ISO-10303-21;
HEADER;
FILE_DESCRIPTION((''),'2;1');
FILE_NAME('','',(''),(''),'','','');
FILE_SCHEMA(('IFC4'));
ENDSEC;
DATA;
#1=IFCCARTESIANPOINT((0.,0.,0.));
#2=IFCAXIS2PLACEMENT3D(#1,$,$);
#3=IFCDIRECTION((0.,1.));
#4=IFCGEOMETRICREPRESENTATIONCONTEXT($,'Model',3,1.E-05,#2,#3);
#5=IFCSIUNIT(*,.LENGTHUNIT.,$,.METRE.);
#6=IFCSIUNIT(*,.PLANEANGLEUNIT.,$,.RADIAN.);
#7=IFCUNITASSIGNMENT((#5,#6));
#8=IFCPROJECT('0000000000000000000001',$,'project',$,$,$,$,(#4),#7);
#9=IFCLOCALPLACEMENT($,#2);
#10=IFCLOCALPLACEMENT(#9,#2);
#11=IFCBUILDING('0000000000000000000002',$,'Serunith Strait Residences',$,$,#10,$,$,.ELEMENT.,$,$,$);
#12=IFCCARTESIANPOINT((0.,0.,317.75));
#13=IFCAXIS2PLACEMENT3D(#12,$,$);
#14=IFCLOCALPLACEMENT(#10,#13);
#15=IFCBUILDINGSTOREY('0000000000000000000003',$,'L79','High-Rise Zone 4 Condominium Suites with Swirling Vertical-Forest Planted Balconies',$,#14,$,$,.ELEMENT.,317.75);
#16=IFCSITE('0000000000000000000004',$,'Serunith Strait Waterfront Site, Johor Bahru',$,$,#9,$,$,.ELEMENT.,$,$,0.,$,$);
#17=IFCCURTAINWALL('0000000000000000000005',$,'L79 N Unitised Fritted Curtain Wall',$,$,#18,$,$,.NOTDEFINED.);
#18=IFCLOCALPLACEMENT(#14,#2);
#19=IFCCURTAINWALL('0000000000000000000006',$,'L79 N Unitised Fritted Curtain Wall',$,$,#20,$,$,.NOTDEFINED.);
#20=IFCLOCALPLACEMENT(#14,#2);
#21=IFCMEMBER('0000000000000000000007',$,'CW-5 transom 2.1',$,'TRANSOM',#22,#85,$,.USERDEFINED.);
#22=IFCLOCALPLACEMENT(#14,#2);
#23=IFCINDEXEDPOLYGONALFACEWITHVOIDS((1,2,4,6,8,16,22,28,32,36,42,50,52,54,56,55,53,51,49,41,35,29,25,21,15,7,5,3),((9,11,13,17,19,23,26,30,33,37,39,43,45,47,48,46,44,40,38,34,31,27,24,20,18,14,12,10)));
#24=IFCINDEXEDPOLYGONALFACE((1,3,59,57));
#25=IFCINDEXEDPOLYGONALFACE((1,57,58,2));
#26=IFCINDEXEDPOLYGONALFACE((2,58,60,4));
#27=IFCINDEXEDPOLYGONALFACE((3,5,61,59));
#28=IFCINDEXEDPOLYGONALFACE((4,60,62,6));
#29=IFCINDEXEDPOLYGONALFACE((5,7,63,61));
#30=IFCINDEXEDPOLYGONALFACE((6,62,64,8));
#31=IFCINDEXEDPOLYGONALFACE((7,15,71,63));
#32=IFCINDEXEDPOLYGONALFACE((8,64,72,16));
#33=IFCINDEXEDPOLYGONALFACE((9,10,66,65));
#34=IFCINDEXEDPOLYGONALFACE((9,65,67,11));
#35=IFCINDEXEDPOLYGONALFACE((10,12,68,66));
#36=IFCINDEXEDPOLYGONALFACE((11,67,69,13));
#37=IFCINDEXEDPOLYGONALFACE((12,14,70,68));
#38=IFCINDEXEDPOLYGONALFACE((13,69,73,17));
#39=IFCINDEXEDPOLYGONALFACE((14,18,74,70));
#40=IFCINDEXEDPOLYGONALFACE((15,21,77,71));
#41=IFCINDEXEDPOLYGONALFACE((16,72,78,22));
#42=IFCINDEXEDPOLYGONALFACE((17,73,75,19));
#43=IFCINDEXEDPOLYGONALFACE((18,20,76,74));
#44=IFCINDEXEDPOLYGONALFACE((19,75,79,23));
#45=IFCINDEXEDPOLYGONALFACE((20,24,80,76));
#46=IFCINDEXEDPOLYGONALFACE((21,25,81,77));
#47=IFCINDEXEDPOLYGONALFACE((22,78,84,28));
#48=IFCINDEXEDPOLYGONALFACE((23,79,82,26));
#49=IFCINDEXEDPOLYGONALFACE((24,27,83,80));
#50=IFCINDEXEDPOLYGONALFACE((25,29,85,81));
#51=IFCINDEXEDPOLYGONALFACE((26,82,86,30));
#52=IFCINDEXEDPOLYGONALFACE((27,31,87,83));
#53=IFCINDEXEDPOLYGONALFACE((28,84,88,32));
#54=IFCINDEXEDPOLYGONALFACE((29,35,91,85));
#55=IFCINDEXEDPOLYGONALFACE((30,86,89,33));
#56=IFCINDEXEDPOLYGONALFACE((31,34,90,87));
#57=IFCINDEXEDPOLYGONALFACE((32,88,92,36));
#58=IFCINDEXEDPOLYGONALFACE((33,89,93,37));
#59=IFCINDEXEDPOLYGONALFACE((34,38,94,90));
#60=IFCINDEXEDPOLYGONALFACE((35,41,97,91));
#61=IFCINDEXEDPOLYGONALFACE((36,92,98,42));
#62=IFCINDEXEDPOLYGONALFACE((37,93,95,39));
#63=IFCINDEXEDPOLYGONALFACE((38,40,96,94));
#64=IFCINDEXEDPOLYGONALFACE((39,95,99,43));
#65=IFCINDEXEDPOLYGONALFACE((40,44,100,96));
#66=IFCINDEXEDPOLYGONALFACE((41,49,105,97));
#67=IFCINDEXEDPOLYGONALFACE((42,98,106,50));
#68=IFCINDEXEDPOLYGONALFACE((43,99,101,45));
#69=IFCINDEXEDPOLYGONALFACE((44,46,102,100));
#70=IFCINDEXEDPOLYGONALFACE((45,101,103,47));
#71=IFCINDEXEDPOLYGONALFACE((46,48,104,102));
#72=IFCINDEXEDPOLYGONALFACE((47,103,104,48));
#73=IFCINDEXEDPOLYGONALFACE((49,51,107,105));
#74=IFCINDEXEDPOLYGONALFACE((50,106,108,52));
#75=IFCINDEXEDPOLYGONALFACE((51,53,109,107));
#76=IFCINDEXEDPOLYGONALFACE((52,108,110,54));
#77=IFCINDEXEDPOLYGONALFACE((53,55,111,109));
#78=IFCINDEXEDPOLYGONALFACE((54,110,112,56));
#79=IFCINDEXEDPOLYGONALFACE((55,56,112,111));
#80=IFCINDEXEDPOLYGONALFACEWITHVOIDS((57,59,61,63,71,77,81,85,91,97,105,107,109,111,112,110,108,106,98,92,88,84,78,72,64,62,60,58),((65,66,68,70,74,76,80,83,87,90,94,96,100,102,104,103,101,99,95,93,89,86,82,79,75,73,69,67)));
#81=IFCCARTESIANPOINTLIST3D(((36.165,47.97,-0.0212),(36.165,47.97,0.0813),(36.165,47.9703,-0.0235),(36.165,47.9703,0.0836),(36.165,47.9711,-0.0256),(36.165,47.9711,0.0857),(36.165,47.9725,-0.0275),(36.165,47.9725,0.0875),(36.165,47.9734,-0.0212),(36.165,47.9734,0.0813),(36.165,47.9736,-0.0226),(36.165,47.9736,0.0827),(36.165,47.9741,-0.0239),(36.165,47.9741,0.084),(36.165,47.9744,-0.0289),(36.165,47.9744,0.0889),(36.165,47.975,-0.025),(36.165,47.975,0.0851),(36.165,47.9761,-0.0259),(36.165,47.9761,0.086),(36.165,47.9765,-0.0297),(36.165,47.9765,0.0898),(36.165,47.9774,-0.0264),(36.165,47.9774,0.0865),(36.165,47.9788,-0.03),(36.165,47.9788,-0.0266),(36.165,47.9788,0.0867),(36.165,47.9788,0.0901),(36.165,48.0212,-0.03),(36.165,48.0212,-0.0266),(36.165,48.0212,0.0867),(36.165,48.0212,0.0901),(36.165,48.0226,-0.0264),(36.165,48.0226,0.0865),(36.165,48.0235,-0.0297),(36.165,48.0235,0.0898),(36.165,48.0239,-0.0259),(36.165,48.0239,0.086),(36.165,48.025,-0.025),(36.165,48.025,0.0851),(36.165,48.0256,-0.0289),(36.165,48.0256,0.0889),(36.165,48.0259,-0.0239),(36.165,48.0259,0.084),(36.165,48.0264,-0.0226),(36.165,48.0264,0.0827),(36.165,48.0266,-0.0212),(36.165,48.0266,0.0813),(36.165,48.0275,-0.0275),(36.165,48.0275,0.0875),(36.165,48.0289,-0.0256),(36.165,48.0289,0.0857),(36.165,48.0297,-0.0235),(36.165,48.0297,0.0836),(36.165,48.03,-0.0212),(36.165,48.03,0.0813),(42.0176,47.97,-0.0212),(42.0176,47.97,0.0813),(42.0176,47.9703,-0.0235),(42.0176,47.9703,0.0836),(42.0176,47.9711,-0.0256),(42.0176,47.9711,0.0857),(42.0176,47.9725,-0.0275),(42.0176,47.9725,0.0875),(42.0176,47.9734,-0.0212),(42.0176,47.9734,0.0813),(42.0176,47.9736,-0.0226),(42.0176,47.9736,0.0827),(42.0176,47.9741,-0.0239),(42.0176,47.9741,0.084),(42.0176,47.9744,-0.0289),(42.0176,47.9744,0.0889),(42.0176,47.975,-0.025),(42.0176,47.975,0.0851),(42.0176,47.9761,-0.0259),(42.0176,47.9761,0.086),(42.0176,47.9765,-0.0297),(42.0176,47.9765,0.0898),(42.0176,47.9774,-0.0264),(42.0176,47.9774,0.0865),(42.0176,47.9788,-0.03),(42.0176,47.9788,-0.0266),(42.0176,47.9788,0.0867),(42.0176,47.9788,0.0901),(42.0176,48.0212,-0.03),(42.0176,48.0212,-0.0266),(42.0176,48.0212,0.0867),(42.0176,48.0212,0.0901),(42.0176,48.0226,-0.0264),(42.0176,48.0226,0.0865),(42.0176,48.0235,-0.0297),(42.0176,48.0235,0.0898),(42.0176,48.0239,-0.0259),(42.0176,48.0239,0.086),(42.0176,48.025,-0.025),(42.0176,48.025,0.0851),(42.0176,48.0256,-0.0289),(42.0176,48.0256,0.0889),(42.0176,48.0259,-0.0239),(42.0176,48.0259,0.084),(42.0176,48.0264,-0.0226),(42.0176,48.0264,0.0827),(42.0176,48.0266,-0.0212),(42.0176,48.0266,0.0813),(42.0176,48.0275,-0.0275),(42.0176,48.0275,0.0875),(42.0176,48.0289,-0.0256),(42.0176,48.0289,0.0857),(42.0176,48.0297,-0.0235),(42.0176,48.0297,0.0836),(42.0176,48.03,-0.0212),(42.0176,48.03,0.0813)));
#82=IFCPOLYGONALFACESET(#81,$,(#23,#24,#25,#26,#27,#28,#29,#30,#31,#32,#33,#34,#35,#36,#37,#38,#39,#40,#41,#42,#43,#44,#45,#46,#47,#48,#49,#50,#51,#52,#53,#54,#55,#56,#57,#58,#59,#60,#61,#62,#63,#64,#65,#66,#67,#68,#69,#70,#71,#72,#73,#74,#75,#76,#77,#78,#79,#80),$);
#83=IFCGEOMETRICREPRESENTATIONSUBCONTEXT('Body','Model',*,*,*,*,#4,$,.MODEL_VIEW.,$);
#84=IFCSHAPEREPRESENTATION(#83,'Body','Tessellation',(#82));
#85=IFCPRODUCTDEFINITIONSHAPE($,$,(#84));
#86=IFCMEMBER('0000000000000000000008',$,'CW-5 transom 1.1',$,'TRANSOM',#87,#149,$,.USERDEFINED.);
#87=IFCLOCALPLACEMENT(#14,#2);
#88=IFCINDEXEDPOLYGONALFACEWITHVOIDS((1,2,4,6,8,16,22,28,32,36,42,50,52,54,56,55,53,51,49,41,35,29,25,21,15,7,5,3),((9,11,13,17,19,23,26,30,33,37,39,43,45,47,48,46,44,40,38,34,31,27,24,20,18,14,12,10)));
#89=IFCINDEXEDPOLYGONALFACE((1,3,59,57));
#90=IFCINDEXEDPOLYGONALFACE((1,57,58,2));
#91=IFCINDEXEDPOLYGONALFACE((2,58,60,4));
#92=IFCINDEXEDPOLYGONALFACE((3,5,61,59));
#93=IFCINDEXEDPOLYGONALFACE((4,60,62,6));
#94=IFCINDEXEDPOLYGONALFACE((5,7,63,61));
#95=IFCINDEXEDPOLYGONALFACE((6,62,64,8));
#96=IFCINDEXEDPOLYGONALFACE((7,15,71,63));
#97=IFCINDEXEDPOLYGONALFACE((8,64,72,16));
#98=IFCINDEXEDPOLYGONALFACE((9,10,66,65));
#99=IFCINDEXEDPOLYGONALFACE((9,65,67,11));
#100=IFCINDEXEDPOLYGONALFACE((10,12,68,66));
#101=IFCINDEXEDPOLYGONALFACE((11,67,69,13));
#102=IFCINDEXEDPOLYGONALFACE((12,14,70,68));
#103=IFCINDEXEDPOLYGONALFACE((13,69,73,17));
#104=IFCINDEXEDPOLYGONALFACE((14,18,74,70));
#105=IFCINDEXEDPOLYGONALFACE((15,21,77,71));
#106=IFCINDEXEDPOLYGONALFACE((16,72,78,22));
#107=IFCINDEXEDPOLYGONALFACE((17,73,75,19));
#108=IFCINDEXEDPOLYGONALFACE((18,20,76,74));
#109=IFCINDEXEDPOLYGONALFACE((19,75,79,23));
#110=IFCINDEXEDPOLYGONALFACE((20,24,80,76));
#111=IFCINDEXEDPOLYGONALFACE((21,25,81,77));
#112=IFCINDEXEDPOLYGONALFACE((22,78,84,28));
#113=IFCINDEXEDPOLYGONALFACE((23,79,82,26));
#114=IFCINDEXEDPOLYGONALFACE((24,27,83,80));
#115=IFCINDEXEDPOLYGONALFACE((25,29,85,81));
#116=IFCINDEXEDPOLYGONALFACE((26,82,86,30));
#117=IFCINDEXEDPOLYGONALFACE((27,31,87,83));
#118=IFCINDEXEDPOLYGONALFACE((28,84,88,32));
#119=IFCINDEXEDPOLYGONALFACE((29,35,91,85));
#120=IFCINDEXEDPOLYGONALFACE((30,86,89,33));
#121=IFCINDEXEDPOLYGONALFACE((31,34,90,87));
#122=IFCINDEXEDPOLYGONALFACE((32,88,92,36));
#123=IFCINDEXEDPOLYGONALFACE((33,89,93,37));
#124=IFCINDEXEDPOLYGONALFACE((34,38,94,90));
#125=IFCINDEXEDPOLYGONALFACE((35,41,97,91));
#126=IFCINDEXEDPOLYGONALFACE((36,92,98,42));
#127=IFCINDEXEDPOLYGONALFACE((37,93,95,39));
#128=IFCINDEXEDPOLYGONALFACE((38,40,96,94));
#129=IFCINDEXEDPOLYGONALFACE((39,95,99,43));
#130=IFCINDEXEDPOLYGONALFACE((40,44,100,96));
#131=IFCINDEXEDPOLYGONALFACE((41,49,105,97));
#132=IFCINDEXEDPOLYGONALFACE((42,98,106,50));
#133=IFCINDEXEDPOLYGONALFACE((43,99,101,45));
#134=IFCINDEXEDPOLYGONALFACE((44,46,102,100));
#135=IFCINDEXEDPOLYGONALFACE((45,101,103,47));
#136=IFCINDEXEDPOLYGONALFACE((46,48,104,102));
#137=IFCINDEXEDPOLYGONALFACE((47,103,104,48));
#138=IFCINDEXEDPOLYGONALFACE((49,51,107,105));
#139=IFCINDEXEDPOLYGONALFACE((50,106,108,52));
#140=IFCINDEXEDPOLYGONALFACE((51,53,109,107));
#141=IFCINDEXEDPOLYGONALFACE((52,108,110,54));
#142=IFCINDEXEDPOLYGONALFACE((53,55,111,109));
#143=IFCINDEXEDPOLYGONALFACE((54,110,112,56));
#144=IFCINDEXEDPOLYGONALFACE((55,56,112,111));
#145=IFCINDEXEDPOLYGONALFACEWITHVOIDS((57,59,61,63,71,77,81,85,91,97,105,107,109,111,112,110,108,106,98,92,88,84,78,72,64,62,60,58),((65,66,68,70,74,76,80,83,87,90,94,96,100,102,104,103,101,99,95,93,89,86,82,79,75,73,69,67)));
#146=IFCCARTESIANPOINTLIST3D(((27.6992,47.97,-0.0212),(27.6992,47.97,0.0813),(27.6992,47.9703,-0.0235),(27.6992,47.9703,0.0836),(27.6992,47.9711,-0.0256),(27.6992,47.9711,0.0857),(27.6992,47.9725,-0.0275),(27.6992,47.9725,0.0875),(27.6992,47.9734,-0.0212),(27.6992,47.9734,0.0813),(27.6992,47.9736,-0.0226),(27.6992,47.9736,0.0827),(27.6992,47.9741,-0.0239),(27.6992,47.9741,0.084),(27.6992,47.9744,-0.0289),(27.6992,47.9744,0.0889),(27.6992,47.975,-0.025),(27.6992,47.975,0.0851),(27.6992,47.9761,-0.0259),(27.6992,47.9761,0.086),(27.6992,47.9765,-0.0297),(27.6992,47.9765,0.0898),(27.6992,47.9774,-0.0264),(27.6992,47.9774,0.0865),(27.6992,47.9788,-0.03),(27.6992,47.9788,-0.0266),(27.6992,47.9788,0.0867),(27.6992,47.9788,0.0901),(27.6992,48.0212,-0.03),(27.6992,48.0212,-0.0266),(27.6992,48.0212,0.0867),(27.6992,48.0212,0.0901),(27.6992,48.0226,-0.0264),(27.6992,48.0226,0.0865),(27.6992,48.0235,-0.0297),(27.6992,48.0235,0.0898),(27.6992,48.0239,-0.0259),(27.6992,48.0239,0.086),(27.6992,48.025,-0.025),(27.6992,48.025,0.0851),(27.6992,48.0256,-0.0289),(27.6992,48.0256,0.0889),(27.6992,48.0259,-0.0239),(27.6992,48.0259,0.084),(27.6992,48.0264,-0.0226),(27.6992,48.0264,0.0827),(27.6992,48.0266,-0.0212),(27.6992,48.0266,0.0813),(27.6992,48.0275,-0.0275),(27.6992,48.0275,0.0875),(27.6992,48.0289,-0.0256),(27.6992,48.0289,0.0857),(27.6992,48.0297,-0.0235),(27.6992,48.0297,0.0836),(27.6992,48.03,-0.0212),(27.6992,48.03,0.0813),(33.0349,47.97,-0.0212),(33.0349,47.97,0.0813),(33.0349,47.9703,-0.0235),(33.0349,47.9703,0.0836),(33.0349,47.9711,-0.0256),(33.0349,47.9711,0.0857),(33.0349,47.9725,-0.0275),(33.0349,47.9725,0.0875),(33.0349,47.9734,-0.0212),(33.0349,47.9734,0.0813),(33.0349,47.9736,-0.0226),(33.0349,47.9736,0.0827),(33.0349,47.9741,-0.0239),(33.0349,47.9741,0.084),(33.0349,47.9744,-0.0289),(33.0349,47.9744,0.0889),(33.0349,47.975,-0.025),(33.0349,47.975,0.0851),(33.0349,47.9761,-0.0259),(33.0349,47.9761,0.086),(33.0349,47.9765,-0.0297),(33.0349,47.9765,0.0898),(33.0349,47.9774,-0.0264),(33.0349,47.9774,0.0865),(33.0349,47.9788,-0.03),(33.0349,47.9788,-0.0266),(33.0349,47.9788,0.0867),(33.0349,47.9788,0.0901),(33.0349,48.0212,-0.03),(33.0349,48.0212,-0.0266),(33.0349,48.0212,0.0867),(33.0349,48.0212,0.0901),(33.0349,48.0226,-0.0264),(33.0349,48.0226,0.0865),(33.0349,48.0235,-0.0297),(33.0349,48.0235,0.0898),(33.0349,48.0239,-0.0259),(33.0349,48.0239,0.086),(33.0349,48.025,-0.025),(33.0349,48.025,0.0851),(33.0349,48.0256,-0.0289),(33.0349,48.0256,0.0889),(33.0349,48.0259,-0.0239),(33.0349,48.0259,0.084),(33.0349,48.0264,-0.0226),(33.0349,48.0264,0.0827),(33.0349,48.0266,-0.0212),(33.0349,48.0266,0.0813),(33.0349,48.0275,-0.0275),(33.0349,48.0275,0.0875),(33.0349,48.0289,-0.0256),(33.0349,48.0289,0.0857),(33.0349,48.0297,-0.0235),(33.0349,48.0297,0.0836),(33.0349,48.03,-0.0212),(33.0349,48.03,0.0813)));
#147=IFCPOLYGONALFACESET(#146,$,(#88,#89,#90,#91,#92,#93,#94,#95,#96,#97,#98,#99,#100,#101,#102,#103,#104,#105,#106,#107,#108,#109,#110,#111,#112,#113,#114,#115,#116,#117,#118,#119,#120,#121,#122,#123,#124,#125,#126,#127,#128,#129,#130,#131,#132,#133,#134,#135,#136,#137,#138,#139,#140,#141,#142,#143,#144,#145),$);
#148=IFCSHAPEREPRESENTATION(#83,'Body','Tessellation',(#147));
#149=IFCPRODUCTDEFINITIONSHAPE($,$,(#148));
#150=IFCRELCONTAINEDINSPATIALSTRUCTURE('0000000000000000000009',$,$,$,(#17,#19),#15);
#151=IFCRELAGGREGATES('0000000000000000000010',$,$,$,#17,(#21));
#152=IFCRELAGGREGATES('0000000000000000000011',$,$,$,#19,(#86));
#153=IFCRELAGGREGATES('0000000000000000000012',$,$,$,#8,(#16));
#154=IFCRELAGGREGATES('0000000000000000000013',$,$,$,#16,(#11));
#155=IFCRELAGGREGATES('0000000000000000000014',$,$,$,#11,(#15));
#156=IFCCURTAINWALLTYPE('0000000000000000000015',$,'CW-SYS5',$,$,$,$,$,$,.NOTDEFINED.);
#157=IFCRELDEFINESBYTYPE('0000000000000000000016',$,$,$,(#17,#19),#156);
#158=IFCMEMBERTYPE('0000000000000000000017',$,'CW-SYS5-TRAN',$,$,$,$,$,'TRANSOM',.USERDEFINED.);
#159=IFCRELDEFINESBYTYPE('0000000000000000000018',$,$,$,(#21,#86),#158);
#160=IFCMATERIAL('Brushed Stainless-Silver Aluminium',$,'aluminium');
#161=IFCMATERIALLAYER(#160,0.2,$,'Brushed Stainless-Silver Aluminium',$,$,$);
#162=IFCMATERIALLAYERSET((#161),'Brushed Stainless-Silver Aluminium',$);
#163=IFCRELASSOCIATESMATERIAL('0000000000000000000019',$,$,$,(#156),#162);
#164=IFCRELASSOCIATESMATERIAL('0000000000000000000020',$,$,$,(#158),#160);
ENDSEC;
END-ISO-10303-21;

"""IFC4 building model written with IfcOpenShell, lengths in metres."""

from ifc_helpers import new_model, si_unit, direction, frame, origin, origin_2d, place, context, subcontext, project, spatial, hollow_rectangle, extrude, source, transform, mapped, material, layer, layer_set, material_profile, profile_set, type_object, element, aggregate, save


model = new_model("IFC4")

# Units and contexts
model_context = context("Model", 3, precision=1e-05, world=origin(), true_north=direction((0.0, 1.0)))
body_context = subcontext(model_context, "Body", "Model", "MODEL_VIEW")
ifc_project = project(units=[si_unit("LENGTHUNIT", "METRE"), si_unit("PLANEANGLEUNIT", "RADIAN")], contexts=[model_context])

# Site, building, storey
site_placement = place(None, origin())
site = spatial("IfcSite", under=ifc_project, at=site_placement, Name="Serunith Strait Waterfront Site, Johor Bahru", CompositionType="ELEMENT", RefElevation=0.0)
building_placement = place(site_placement, origin())
building = spatial("IfcBuilding", under=site, at=building_placement, Name="Serunith Strait Residences", CompositionType="ELEMENT")
storey_placement = place(building_placement, frame((0.0, 0.0, 317.75)))
storey = spatial("IfcBuildingStorey", under=building, at=storey_placement, Name="L79", Description="High-Rise Zone 4 Condominium Suites with Swirling Vertical-Forest Planted Balconies", CompositionType="ELEMENT", Elevation=317.75)

# Curtain walls
ifc_material_1 = material(Name="Brushed Stainless-Silver Aluminium", Category="aluminium")
ifc_layer_1 = layer(ifc_material_1, 0.2, Name="Brushed Stainless-Silver Aluminium")
ifc_layer_set_1 = layer_set([ifc_layer_1], Name="Brushed Stainless-Silver Aluminium")
curtain_wall_type = type_object("IfcCurtainWallType", Name="CW-SYS5", PredefinedType="NOTDEFINED", material=ifc_layer_set_1)
curtain_wall_1_placement = place(storey_placement, origin())
curtain_wall_1 = element("IfcCurtainWall", 1, at=curtain_wall_1_placement, inside=storey, type_object=curtain_wall_type, Name="L79 N Unitised Fritted Curtain Wall", PredefinedType="NOTDEFINED")
curtain_wall_2_placement = place(storey_placement, origin())
curtain_wall_2 = element("IfcCurtainWall", 2, at=curtain_wall_2_placement, inside=storey, type_object=curtain_wall_type, Name="L79 N Unitised Fritted Curtain Wall", PredefinedType="NOTDEFINED")

# Members
ifc_material_profile_1 = material_profile(ifc_material_1, hollow_rectangle(XDim=0.0601, YDim=0.1201, WallThickness=0.0034, InnerFilletRadius=0.0054, OuterFilletRadius=0.0088, at=origin_2d()), Name="ALU 120x60x3.5")
ifc_profile_set_1 = profile_set([ifc_material_profile_1], Name="Brushed Stainless-Silver Aluminium")
member_type_1 = type_object("IfcMemberType", Name="CW-SYS5-TRAN", ElementType="TRANSOM", PredefinedType="USERDEFINED", material=ifc_profile_set_1)
shared_shape_1 = source(origin(), body_context, "Body", "SweptSolid", [
    extrude(hollow_rectangle(XDim=0.0601, YDim=0.1201, WallThickness=0.0034, InnerFilletRadius=0.0054, OuterFilletRadius=0.0088, at=origin_2d()), origin(), (0.0, 0.0, 1.0), 5.8525),
])
member_1_placement = place(storey_placement, frame((42.0176, 48.0, 0.03), z_axis=(-1.0, 0.0, 0.0), x_axis=(0.0, -1.0, 0.0)))
member_1 = element("IfcMember", 3, at=member_1_placement, type_object=member_type_1, Name="CW-5 transom 2.1", ObjectType="TRANSOM", PredefinedType="USERDEFINED", context=body_context, shape_type="MappedRepresentation", body=[
    mapped(shared_shape_1, transform((0.0, 0.0, 0.0), scale=1.0)),
])
shared_shape_2 = source(origin(), body_context, "Body", "SweptSolid", [
    extrude(hollow_rectangle(XDim=0.0601, YDim=0.1201, WallThickness=0.0034, InnerFilletRadius=0.0054, OuterFilletRadius=0.0088, at=origin_2d()), origin(), (0.0, 0.0, 1.0), 5.3357),
])
member_2_placement = place(storey_placement, frame((33.0349, 48.0, 0.03), z_axis=(-1.0, 0.0, 0.0), x_axis=(0.0, -1.0, 0.0)))
member_2 = element("IfcMember", 4, at=member_2_placement, type_object=member_type_1, Name="CW-5 transom 1.1", ObjectType="TRANSOM", PredefinedType="USERDEFINED", context=body_context, shape_type="MappedRepresentation", body=[
    mapped(shared_shape_2, transform((0.0, 0.0, 0.0), scale=1.0)),
])

aggregate(curtain_wall_1, [member_1])
aggregate(curtain_wall_2, [member_2])

save(model, "model.ifc")
